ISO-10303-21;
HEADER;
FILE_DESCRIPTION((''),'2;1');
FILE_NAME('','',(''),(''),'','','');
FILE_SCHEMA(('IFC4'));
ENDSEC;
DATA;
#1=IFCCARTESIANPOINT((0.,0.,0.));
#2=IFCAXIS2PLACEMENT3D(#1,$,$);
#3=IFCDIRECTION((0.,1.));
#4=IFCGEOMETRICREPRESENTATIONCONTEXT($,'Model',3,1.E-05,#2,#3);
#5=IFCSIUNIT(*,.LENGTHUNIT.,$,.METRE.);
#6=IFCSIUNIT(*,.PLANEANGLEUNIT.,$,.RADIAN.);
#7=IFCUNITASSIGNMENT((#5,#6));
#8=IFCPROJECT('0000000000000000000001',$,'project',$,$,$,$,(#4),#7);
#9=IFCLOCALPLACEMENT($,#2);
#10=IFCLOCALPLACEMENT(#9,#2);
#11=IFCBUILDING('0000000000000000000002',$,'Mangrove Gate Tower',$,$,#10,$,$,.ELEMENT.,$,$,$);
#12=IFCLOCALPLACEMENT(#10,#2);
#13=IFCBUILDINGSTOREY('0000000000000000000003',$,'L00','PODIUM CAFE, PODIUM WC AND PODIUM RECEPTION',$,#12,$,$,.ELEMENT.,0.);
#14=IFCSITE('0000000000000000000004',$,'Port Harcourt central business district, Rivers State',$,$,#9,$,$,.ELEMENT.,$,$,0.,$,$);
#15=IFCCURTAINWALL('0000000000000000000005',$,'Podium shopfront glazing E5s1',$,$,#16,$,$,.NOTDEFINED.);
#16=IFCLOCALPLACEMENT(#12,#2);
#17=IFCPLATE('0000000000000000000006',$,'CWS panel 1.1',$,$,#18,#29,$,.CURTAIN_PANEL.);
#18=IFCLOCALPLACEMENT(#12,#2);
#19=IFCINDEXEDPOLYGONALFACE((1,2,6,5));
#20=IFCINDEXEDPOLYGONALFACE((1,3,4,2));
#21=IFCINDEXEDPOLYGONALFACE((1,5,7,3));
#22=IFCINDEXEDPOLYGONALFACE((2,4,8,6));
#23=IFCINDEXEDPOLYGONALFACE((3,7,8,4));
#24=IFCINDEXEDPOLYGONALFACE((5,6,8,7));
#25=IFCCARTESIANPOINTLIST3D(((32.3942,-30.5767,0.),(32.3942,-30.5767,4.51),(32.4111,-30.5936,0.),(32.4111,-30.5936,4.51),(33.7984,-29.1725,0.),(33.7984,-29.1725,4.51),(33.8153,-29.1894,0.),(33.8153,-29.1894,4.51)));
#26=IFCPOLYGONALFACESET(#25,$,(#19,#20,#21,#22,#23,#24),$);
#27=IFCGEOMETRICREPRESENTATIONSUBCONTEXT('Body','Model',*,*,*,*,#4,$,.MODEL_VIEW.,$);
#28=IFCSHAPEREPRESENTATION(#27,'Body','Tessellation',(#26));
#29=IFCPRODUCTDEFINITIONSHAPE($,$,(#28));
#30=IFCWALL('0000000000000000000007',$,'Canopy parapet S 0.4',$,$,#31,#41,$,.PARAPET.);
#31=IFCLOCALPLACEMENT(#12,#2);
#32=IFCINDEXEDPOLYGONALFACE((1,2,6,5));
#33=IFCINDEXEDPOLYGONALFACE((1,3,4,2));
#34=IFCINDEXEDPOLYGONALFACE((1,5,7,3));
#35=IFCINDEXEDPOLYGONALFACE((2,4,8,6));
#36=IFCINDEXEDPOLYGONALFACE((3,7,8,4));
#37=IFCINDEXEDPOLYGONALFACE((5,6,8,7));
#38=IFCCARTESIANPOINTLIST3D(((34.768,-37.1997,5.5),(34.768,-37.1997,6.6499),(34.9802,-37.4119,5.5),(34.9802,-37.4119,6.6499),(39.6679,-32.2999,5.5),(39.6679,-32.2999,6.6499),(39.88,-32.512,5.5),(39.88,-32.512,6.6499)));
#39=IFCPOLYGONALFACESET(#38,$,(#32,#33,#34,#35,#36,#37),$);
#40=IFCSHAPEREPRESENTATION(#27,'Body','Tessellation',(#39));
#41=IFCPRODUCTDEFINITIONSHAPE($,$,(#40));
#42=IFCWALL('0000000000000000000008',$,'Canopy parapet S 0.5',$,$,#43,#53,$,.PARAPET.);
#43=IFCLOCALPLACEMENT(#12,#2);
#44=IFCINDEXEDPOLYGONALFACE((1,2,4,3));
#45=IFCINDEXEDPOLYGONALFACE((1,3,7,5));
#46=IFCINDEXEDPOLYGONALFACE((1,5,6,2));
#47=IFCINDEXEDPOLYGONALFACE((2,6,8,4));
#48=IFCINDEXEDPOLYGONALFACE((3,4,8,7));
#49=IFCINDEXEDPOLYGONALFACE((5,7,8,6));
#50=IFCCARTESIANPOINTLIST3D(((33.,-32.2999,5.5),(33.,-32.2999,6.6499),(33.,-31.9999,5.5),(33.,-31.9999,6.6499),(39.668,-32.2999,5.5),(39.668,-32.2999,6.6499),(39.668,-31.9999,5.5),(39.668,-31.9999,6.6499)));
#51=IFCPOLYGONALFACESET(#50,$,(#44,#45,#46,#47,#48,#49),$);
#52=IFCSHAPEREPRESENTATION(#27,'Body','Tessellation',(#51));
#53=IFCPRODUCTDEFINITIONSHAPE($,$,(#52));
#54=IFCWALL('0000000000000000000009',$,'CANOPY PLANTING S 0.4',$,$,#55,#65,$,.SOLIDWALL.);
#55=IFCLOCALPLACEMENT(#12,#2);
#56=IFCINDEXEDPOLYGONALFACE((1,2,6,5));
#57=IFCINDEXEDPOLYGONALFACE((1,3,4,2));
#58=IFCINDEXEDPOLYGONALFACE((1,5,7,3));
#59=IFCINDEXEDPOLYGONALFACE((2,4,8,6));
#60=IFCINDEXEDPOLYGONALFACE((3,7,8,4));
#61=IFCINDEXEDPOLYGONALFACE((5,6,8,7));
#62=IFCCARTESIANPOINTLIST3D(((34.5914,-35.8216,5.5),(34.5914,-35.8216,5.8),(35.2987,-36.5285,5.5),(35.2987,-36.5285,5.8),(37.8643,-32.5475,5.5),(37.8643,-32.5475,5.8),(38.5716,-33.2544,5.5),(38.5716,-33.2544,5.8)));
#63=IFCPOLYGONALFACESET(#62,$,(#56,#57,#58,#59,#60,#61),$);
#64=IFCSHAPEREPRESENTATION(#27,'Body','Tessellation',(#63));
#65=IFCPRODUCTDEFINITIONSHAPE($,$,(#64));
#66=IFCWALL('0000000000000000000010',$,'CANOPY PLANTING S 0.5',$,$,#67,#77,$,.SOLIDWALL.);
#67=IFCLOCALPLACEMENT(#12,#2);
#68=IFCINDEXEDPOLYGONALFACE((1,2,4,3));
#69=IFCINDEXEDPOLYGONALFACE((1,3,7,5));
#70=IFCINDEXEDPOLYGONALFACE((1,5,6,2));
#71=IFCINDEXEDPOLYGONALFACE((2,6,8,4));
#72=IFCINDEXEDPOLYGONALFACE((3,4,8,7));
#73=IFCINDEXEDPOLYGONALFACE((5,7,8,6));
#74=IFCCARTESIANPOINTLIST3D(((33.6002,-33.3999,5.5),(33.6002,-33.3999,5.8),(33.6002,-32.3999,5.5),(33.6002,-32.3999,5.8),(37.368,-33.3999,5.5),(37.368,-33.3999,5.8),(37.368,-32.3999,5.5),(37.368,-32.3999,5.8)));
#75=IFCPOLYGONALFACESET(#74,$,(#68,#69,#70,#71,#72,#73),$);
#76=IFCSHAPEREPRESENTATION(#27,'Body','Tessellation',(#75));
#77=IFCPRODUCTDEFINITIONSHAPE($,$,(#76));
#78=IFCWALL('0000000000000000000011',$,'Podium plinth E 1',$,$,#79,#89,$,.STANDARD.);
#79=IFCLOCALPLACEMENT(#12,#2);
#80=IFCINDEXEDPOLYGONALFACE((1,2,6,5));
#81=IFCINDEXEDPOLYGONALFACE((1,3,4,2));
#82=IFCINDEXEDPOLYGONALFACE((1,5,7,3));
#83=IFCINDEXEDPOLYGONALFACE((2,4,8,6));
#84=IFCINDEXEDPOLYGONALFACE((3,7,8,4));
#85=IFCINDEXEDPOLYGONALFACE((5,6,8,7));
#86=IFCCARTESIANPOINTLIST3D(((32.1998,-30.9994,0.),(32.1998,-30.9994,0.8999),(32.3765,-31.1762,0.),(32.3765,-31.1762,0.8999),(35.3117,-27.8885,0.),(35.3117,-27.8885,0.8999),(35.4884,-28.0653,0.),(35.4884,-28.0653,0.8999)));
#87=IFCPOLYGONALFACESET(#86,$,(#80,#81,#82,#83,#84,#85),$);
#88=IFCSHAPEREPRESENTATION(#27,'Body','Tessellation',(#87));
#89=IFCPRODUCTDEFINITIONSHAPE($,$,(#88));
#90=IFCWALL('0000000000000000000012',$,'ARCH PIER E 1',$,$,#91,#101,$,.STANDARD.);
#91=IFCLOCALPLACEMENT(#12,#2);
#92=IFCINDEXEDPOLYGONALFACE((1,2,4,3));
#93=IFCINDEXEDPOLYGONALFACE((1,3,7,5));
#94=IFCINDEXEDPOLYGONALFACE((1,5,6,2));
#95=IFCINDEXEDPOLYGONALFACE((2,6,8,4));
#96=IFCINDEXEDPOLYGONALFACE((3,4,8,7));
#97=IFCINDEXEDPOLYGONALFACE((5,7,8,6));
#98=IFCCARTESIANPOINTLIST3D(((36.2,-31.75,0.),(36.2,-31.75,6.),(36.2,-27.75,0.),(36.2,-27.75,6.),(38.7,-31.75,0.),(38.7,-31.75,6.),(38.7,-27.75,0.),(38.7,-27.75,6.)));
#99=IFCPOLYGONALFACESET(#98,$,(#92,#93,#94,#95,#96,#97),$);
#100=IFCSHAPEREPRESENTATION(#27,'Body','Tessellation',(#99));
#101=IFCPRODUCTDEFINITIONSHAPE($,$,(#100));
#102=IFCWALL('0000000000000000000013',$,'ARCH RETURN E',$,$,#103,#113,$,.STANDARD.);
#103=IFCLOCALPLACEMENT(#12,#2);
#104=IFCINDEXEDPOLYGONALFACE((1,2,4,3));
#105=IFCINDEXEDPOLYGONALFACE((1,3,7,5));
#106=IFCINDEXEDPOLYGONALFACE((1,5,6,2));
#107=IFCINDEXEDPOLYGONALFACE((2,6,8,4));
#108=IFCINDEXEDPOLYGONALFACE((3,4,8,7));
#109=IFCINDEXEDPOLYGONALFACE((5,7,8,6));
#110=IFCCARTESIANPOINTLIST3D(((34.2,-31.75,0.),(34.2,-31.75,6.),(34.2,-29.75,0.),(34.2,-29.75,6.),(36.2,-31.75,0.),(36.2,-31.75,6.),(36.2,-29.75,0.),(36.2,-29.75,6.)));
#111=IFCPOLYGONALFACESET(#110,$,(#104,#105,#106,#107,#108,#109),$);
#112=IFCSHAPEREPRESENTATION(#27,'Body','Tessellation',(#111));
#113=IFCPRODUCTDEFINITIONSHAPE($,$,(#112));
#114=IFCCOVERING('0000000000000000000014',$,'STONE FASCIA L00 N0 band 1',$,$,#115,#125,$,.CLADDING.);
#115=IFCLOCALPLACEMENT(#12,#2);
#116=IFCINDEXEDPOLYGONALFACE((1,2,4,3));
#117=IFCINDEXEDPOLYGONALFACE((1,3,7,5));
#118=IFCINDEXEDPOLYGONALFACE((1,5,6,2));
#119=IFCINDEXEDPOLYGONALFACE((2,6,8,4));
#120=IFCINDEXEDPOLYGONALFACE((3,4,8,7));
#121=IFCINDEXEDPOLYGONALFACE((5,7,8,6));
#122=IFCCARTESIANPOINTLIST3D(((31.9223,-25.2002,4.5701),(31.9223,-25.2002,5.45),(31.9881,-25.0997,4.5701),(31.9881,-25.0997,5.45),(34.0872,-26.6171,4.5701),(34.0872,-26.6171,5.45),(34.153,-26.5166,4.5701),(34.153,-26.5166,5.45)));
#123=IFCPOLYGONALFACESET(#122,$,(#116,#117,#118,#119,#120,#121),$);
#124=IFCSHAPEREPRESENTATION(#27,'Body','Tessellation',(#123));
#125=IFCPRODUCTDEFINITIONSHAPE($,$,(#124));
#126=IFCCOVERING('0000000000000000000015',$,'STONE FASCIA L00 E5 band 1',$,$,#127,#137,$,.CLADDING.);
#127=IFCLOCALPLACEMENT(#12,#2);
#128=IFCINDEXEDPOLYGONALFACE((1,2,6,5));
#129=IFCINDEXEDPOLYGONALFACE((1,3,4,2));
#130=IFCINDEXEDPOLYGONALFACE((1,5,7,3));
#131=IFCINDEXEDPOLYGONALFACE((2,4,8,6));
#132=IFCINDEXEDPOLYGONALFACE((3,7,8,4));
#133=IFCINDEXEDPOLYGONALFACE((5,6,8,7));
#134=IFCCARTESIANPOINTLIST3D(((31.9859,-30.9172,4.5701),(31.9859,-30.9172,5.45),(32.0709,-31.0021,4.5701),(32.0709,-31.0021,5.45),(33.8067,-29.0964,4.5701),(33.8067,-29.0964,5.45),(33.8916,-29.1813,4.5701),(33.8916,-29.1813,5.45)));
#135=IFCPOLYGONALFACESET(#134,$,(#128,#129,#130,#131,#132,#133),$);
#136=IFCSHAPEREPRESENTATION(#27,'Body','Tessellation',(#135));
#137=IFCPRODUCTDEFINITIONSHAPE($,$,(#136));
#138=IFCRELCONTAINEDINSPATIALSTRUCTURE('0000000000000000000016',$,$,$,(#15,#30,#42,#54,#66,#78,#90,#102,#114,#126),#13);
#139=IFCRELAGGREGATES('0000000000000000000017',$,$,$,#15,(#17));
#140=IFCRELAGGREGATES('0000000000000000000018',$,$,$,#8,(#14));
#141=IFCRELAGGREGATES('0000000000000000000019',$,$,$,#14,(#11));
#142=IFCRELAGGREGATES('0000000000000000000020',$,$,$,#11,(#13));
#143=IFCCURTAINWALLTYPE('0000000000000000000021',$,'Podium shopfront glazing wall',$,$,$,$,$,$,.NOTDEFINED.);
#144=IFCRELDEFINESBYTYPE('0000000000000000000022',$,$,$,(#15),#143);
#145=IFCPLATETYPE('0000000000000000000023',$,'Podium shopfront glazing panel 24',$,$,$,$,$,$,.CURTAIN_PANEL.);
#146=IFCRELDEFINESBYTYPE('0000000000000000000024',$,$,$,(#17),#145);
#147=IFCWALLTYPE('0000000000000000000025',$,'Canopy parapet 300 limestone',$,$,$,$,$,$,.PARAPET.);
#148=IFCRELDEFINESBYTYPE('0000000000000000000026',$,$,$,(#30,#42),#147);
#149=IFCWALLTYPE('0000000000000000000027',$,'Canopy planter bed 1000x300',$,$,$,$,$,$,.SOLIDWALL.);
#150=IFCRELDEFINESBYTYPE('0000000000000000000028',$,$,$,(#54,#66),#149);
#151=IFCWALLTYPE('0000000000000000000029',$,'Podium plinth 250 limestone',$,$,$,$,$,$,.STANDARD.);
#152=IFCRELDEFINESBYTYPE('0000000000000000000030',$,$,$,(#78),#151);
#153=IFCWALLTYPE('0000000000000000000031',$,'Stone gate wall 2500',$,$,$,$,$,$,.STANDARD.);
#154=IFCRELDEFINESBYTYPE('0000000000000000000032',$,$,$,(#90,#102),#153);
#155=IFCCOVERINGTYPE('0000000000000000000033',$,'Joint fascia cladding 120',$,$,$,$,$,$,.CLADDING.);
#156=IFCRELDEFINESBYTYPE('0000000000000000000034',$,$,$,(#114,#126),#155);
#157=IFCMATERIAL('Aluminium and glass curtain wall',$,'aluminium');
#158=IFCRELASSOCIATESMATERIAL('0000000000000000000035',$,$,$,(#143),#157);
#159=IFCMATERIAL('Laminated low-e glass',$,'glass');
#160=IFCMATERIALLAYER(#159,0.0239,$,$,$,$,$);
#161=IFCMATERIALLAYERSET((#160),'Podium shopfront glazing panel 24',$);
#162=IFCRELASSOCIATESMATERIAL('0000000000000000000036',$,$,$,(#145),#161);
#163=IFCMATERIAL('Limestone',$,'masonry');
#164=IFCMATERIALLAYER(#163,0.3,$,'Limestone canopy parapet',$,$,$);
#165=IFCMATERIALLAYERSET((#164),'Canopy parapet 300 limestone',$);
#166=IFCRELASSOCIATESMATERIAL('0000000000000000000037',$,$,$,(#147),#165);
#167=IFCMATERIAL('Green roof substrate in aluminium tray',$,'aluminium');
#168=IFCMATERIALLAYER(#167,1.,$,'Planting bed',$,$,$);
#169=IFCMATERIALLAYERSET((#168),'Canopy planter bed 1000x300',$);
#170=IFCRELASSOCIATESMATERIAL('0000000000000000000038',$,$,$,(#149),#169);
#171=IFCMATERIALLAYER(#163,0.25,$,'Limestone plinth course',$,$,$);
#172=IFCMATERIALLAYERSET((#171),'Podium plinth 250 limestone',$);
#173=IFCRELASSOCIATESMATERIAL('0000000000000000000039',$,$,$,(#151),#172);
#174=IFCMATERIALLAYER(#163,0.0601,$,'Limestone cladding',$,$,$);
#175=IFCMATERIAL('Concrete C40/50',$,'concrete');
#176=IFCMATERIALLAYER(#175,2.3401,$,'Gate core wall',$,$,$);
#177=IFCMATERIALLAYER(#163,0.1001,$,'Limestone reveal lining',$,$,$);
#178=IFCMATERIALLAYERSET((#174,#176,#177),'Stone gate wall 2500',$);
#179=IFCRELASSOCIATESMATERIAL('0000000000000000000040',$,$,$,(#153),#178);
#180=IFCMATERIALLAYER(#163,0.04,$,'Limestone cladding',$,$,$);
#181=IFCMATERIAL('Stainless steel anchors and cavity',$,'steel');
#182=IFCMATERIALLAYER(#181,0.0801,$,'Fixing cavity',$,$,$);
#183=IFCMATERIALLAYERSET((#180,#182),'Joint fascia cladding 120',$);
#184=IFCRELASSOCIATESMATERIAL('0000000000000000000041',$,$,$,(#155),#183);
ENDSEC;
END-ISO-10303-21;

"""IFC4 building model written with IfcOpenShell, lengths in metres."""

from ifc_helpers import new_model, si_unit, direction, frame, frame_2d, origin, origin_2d, place, context, subcontext, project, spatial, rectangle, extrude, material, layer, layer_set, type_object, element, aggregate, save


model = new_model("IFC4")

# Units and contexts
model_context = context("Model", 3, precision=1e-05, world=origin(), true_north=direction((0.0, 1.0)))
body_context = subcontext(model_context, "Body", "Model", "MODEL_VIEW")
ifc_project = project(units=[si_unit("LENGTHUNIT", "METRE"), si_unit("PLANEANGLEUNIT", "RADIAN")], contexts=[model_context])

# Site, building, storey
site_placement = place(None, origin())
site = spatial("IfcSite", under=ifc_project, at=site_placement, Name="Port Harcourt central business district, Rivers State", CompositionType="ELEMENT", RefElevation=0.0)
building_placement = place(site_placement, origin())
building = spatial("IfcBuilding", under=site, at=building_placement, Name="Mangrove Gate Tower", CompositionType="ELEMENT")
storey_placement = place(building_placement, origin())
storey = spatial("IfcBuildingStorey", under=building, at=storey_placement, Name="L00", Description="PODIUM CAFE, PODIUM WC AND PODIUM RECEPTION", CompositionType="ELEMENT", Elevation=0.0)

# Curtain wall
ifc_material_1 = material(Name="Aluminium and glass curtain wall", Category="aluminium")
curtain_wall_type = type_object("IfcCurtainWallType", Name="Podium shopfront glazing wall", PredefinedType="NOTDEFINED", material=ifc_material_1)
curtain_wall_1_placement = place(storey_placement, origin())
curtain_wall_1 = element("IfcCurtainWall", 1, at=curtain_wall_1_placement, inside=storey, type_object=curtain_wall_type, Name="Podium shopfront glazing E5s1", PredefinedType="NOTDEFINED")

# Plate
ifc_material_2 = material(Name="Laminated low-e glass", Category="glass")
ifc_layer_1 = layer(ifc_material_2, 0.0239)
ifc_layer_set_1 = layer_set([ifc_layer_1], Name="Podium shopfront glazing panel 24")
plate_type = type_object("IfcPlateType", Name="Podium shopfront glazing panel 24", PredefinedType="CURTAIN_PANEL", material=ifc_layer_set_1)
plate_1_placement = place(storey_placement, frame((33.1047, -29.8831, 0.0), z_axis=(0.0, 0.0, 1.0), x_axis=(0.707107, 0.707107, 0.0)))
plate_1 = element("IfcPlate", 2, at=plate_1_placement, type_object=plate_type, Name="CWS panel 1.1", PredefinedType="CURTAIN_PANEL", context=body_context, shape_type="SweptSolid", body=[
    extrude(rectangle(XDim=1.9858, YDim=0.0239, at=origin_2d()), origin(), (0.0, 0.0, 1.0), 4.51),
])
aggregate(curtain_wall_1, [plate_1])

# Walls
ifc_material_3 = material(Name="Limestone", Category="masonry")
ifc_layer_2 = layer(ifc_material_3, 0.3, Name="Limestone canopy parapet")
ifc_layer_set_2 = layer_set([ifc_layer_2], Name="Canopy parapet 300 limestone")
wall_type_1 = type_object("IfcWallType", Name="Canopy parapet 300 limestone", PredefinedType="PARAPET", material=ifc_layer_set_2)
wall_1_placement = place(storey_placement, frame((34.874, -37.3059, 5.5), z_axis=(0.0, 0.0, 1.0), x_axis=(0.707107, 0.707107, 0.0)))
element("IfcWall", 3, at=wall_1_placement, inside=storey, type_object=wall_type_1, Name="Canopy parapet S 0.4", PredefinedType="PARAPET", context=body_context, shape_type="SweptSolid", body=[
    extrude(rectangle(XDim=6.9294, YDim=0.3, at=frame_2d((3.4648, 0.0))), origin(), (0.0, 0.0, 1.0), 1.1499),
])
wall_2_placement = place(storey_placement, frame((39.668, -32.1499, 5.5), z_axis=(0.0, 0.0, 1.0), x_axis=(-1.0, 0.0, 0.0)))
element("IfcWall", 4, at=wall_2_placement, inside=storey, type_object=wall_type_1, Name="Canopy parapet S 0.5", PredefinedType="PARAPET", context=body_context, shape_type="SweptSolid", body=[
    extrude(rectangle(XDim=6.668, YDim=0.3, at=frame_2d((3.334, 0.0))), origin(), (0.0, 0.0, 1.0), 1.1499),
])
ifc_material_4 = material(Name="Green roof substrate in aluminium tray", Category="aluminium")
ifc_layer_3 = layer(ifc_material_4, 1.0, Name="Planting bed")
ifc_layer_set_3 = layer_set([ifc_layer_3], Name="Canopy planter bed 1000x300")
wall_type_2 = type_object("IfcWallType", Name="Canopy planter bed 1000x300", PredefinedType="SOLIDWALL", material=ifc_layer_set_3)
wall_3_placement = place(storey_placement, frame((34.9451, -36.175, 5.5), z_axis=(0.0, 0.0, 1.0), x_axis=(0.706975, 0.707239, 0.0)))
element("IfcWall", 5, at=wall_3_placement, inside=storey, type_object=wall_type_2, Name="CANOPY PLANTING S 0.4", PredefinedType="SOLIDWALL", context=body_context, shape_type="SweptSolid", body=[
    extrude(rectangle(XDim=4.6294, YDim=1.0, at=frame_2d((2.3147, 0.0))), origin(), (0.0, 0.0, 1.0), 0.3),
])
wall_4_placement = place(storey_placement, frame((37.3679, -32.8999, 5.5), z_axis=(0.0, 0.0, 1.0), x_axis=(-1.0, 0.0, 0.0)))
element("IfcWall", 6, at=wall_4_placement, inside=storey, type_object=wall_type_2, Name="CANOPY PLANTING S 0.5", PredefinedType="SOLIDWALL", context=body_context, shape_type="SweptSolid", body=[
    extrude(rectangle(XDim=3.7678, YDim=1.0, at=frame_2d((1.8838, 0.0))), origin(), (0.0, 0.0, 1.0), 0.3),
])
ifc_layer_4 = layer(ifc_material_3, 0.25, Name="Limestone plinth course")
ifc_layer_set_4 = layer_set([ifc_layer_4], Name="Podium plinth 250 limestone")
wall_type_3 = type_object("IfcWallType", Name="Podium plinth 250 limestone", PredefinedType="STANDARD", material=ifc_layer_set_4)
wall_5_placement = place(storey_placement, frame((32.2881, -31.0879, 0.0), z_axis=(0.0, 0.0, 1.0), x_axis=(0.707218, 0.706996, 0.0)))
element("IfcWall", 7, at=wall_5_placement, inside=storey, type_object=wall_type_3, Name="Podium plinth E 1", PredefinedType="STANDARD", context=body_context, shape_type="SweptSolid", body=[
    extrude(rectangle(XDim=4.4001, YDim=0.25, at=frame_2d((2.2002, 0.0))), origin(), (0.0, 0.0, 1.0), 0.8999),
])
ifc_layer_5 = layer(ifc_material_3, 0.0601, Name="Limestone cladding")
ifc_material_5 = material(Name="Concrete C40/50", Category="concrete")
ifc_layer_6 = layer(ifc_material_5, 2.3401, Name="Gate core wall")
ifc_layer_7 = layer(ifc_material_3, 0.1001, Name="Limestone reveal lining")
ifc_layer_set_5 = layer_set([ifc_layer_5, ifc_layer_6, ifc_layer_7], Name="Stone gate wall 2500")
wall_type_4 = type_object("IfcWallType", Name="Stone gate wall 2500", PredefinedType="STANDARD", material=ifc_layer_set_5)
wall_6_placement = place(storey_placement, frame((37.45, -31.75, 0.0), z_axis=(0.0, 0.0, 1.0), x_axis=(0.0, 1.0, 0.0)))
element("IfcWall", 8, at=wall_6_placement, inside=storey, type_object=wall_type_4, Name="ARCH PIER E 1", PredefinedType="STANDARD", context=body_context, shape_type="SweptSolid", body=[
    extrude(rectangle(XDim=4.0, YDim=2.5, at=frame_2d((2.0, 0.0))), origin(), (0.0, 0.0, 1.0), 6.0),
])
wall_7_placement = place(storey_placement, frame((34.2, -30.75, 0.0), z_axis=(0.0, 0.0, 1.0), x_axis=(1.0, 0.0, 0.0)))
element("IfcWall", 9, at=wall_7_placement, inside=storey, type_object=wall_type_4, Name="ARCH RETURN E", PredefinedType="STANDARD", context=body_context, shape_type="SweptSolid", body=[
    extrude(rectangle(XDim=2.0, YDim=2.0, at=frame_2d((1.0, 0.0))), origin(), (0.0, 0.0, 1.0), 6.0),
])

# Coverings
ifc_layer_8 = layer(ifc_material_3, 0.04, Name="Limestone cladding")
ifc_material_6 = material(Name="Stainless steel anchors and cavity", Category="steel")
ifc_layer_9 = layer(ifc_material_6, 0.0801, Name="Fixing cavity")
ifc_layer_set_6 = layer_set([ifc_layer_8, ifc_layer_9], Name="Joint fascia cladding 120")
covering_type = type_object("IfcCoveringType", Name="Joint fascia cladding 120", PredefinedType="CLADDING", material=ifc_layer_set_6)
covering_1_placement = place(storey_placement, frame((34.1201, -26.5669, 4.5701), z_axis=(0.0, 0.0, 1.0), x_axis=(-0.836724, 0.547626, 0.0)))
element("IfcCovering", 10, at=covering_1_placement, inside=storey, type_object=covering_type, Name="STONE FASCIA L00 N0 band 1", PredefinedType="CLADDING", context=body_context, shape_type="SweptSolid", body=[
    extrude(rectangle(XDim=2.5874, YDim=0.1201, at=frame_2d((1.2937, 0.0))), origin(), (0.0, 0.0, 1.0), 0.8799),
])
covering_2_placement = place(storey_placement, frame((32.0283, -30.9597, 4.5701), z_axis=(0.0, 0.0, 1.0), x_axis=(0.707107, 0.707107, 0.0)))
element("IfcCovering", 11, at=covering_2_placement, inside=storey, type_object=covering_type, Name="STONE FASCIA L00 E5 band 1", PredefinedType="CLADDING", context=body_context, shape_type="SweptSolid", body=[
    extrude(rectangle(XDim=2.575, YDim=0.1201, at=frame_2d((1.2876, 0.0))), origin(), (0.0, 0.0, 1.0), 0.8799),
])

save(model, "model.ifc")
